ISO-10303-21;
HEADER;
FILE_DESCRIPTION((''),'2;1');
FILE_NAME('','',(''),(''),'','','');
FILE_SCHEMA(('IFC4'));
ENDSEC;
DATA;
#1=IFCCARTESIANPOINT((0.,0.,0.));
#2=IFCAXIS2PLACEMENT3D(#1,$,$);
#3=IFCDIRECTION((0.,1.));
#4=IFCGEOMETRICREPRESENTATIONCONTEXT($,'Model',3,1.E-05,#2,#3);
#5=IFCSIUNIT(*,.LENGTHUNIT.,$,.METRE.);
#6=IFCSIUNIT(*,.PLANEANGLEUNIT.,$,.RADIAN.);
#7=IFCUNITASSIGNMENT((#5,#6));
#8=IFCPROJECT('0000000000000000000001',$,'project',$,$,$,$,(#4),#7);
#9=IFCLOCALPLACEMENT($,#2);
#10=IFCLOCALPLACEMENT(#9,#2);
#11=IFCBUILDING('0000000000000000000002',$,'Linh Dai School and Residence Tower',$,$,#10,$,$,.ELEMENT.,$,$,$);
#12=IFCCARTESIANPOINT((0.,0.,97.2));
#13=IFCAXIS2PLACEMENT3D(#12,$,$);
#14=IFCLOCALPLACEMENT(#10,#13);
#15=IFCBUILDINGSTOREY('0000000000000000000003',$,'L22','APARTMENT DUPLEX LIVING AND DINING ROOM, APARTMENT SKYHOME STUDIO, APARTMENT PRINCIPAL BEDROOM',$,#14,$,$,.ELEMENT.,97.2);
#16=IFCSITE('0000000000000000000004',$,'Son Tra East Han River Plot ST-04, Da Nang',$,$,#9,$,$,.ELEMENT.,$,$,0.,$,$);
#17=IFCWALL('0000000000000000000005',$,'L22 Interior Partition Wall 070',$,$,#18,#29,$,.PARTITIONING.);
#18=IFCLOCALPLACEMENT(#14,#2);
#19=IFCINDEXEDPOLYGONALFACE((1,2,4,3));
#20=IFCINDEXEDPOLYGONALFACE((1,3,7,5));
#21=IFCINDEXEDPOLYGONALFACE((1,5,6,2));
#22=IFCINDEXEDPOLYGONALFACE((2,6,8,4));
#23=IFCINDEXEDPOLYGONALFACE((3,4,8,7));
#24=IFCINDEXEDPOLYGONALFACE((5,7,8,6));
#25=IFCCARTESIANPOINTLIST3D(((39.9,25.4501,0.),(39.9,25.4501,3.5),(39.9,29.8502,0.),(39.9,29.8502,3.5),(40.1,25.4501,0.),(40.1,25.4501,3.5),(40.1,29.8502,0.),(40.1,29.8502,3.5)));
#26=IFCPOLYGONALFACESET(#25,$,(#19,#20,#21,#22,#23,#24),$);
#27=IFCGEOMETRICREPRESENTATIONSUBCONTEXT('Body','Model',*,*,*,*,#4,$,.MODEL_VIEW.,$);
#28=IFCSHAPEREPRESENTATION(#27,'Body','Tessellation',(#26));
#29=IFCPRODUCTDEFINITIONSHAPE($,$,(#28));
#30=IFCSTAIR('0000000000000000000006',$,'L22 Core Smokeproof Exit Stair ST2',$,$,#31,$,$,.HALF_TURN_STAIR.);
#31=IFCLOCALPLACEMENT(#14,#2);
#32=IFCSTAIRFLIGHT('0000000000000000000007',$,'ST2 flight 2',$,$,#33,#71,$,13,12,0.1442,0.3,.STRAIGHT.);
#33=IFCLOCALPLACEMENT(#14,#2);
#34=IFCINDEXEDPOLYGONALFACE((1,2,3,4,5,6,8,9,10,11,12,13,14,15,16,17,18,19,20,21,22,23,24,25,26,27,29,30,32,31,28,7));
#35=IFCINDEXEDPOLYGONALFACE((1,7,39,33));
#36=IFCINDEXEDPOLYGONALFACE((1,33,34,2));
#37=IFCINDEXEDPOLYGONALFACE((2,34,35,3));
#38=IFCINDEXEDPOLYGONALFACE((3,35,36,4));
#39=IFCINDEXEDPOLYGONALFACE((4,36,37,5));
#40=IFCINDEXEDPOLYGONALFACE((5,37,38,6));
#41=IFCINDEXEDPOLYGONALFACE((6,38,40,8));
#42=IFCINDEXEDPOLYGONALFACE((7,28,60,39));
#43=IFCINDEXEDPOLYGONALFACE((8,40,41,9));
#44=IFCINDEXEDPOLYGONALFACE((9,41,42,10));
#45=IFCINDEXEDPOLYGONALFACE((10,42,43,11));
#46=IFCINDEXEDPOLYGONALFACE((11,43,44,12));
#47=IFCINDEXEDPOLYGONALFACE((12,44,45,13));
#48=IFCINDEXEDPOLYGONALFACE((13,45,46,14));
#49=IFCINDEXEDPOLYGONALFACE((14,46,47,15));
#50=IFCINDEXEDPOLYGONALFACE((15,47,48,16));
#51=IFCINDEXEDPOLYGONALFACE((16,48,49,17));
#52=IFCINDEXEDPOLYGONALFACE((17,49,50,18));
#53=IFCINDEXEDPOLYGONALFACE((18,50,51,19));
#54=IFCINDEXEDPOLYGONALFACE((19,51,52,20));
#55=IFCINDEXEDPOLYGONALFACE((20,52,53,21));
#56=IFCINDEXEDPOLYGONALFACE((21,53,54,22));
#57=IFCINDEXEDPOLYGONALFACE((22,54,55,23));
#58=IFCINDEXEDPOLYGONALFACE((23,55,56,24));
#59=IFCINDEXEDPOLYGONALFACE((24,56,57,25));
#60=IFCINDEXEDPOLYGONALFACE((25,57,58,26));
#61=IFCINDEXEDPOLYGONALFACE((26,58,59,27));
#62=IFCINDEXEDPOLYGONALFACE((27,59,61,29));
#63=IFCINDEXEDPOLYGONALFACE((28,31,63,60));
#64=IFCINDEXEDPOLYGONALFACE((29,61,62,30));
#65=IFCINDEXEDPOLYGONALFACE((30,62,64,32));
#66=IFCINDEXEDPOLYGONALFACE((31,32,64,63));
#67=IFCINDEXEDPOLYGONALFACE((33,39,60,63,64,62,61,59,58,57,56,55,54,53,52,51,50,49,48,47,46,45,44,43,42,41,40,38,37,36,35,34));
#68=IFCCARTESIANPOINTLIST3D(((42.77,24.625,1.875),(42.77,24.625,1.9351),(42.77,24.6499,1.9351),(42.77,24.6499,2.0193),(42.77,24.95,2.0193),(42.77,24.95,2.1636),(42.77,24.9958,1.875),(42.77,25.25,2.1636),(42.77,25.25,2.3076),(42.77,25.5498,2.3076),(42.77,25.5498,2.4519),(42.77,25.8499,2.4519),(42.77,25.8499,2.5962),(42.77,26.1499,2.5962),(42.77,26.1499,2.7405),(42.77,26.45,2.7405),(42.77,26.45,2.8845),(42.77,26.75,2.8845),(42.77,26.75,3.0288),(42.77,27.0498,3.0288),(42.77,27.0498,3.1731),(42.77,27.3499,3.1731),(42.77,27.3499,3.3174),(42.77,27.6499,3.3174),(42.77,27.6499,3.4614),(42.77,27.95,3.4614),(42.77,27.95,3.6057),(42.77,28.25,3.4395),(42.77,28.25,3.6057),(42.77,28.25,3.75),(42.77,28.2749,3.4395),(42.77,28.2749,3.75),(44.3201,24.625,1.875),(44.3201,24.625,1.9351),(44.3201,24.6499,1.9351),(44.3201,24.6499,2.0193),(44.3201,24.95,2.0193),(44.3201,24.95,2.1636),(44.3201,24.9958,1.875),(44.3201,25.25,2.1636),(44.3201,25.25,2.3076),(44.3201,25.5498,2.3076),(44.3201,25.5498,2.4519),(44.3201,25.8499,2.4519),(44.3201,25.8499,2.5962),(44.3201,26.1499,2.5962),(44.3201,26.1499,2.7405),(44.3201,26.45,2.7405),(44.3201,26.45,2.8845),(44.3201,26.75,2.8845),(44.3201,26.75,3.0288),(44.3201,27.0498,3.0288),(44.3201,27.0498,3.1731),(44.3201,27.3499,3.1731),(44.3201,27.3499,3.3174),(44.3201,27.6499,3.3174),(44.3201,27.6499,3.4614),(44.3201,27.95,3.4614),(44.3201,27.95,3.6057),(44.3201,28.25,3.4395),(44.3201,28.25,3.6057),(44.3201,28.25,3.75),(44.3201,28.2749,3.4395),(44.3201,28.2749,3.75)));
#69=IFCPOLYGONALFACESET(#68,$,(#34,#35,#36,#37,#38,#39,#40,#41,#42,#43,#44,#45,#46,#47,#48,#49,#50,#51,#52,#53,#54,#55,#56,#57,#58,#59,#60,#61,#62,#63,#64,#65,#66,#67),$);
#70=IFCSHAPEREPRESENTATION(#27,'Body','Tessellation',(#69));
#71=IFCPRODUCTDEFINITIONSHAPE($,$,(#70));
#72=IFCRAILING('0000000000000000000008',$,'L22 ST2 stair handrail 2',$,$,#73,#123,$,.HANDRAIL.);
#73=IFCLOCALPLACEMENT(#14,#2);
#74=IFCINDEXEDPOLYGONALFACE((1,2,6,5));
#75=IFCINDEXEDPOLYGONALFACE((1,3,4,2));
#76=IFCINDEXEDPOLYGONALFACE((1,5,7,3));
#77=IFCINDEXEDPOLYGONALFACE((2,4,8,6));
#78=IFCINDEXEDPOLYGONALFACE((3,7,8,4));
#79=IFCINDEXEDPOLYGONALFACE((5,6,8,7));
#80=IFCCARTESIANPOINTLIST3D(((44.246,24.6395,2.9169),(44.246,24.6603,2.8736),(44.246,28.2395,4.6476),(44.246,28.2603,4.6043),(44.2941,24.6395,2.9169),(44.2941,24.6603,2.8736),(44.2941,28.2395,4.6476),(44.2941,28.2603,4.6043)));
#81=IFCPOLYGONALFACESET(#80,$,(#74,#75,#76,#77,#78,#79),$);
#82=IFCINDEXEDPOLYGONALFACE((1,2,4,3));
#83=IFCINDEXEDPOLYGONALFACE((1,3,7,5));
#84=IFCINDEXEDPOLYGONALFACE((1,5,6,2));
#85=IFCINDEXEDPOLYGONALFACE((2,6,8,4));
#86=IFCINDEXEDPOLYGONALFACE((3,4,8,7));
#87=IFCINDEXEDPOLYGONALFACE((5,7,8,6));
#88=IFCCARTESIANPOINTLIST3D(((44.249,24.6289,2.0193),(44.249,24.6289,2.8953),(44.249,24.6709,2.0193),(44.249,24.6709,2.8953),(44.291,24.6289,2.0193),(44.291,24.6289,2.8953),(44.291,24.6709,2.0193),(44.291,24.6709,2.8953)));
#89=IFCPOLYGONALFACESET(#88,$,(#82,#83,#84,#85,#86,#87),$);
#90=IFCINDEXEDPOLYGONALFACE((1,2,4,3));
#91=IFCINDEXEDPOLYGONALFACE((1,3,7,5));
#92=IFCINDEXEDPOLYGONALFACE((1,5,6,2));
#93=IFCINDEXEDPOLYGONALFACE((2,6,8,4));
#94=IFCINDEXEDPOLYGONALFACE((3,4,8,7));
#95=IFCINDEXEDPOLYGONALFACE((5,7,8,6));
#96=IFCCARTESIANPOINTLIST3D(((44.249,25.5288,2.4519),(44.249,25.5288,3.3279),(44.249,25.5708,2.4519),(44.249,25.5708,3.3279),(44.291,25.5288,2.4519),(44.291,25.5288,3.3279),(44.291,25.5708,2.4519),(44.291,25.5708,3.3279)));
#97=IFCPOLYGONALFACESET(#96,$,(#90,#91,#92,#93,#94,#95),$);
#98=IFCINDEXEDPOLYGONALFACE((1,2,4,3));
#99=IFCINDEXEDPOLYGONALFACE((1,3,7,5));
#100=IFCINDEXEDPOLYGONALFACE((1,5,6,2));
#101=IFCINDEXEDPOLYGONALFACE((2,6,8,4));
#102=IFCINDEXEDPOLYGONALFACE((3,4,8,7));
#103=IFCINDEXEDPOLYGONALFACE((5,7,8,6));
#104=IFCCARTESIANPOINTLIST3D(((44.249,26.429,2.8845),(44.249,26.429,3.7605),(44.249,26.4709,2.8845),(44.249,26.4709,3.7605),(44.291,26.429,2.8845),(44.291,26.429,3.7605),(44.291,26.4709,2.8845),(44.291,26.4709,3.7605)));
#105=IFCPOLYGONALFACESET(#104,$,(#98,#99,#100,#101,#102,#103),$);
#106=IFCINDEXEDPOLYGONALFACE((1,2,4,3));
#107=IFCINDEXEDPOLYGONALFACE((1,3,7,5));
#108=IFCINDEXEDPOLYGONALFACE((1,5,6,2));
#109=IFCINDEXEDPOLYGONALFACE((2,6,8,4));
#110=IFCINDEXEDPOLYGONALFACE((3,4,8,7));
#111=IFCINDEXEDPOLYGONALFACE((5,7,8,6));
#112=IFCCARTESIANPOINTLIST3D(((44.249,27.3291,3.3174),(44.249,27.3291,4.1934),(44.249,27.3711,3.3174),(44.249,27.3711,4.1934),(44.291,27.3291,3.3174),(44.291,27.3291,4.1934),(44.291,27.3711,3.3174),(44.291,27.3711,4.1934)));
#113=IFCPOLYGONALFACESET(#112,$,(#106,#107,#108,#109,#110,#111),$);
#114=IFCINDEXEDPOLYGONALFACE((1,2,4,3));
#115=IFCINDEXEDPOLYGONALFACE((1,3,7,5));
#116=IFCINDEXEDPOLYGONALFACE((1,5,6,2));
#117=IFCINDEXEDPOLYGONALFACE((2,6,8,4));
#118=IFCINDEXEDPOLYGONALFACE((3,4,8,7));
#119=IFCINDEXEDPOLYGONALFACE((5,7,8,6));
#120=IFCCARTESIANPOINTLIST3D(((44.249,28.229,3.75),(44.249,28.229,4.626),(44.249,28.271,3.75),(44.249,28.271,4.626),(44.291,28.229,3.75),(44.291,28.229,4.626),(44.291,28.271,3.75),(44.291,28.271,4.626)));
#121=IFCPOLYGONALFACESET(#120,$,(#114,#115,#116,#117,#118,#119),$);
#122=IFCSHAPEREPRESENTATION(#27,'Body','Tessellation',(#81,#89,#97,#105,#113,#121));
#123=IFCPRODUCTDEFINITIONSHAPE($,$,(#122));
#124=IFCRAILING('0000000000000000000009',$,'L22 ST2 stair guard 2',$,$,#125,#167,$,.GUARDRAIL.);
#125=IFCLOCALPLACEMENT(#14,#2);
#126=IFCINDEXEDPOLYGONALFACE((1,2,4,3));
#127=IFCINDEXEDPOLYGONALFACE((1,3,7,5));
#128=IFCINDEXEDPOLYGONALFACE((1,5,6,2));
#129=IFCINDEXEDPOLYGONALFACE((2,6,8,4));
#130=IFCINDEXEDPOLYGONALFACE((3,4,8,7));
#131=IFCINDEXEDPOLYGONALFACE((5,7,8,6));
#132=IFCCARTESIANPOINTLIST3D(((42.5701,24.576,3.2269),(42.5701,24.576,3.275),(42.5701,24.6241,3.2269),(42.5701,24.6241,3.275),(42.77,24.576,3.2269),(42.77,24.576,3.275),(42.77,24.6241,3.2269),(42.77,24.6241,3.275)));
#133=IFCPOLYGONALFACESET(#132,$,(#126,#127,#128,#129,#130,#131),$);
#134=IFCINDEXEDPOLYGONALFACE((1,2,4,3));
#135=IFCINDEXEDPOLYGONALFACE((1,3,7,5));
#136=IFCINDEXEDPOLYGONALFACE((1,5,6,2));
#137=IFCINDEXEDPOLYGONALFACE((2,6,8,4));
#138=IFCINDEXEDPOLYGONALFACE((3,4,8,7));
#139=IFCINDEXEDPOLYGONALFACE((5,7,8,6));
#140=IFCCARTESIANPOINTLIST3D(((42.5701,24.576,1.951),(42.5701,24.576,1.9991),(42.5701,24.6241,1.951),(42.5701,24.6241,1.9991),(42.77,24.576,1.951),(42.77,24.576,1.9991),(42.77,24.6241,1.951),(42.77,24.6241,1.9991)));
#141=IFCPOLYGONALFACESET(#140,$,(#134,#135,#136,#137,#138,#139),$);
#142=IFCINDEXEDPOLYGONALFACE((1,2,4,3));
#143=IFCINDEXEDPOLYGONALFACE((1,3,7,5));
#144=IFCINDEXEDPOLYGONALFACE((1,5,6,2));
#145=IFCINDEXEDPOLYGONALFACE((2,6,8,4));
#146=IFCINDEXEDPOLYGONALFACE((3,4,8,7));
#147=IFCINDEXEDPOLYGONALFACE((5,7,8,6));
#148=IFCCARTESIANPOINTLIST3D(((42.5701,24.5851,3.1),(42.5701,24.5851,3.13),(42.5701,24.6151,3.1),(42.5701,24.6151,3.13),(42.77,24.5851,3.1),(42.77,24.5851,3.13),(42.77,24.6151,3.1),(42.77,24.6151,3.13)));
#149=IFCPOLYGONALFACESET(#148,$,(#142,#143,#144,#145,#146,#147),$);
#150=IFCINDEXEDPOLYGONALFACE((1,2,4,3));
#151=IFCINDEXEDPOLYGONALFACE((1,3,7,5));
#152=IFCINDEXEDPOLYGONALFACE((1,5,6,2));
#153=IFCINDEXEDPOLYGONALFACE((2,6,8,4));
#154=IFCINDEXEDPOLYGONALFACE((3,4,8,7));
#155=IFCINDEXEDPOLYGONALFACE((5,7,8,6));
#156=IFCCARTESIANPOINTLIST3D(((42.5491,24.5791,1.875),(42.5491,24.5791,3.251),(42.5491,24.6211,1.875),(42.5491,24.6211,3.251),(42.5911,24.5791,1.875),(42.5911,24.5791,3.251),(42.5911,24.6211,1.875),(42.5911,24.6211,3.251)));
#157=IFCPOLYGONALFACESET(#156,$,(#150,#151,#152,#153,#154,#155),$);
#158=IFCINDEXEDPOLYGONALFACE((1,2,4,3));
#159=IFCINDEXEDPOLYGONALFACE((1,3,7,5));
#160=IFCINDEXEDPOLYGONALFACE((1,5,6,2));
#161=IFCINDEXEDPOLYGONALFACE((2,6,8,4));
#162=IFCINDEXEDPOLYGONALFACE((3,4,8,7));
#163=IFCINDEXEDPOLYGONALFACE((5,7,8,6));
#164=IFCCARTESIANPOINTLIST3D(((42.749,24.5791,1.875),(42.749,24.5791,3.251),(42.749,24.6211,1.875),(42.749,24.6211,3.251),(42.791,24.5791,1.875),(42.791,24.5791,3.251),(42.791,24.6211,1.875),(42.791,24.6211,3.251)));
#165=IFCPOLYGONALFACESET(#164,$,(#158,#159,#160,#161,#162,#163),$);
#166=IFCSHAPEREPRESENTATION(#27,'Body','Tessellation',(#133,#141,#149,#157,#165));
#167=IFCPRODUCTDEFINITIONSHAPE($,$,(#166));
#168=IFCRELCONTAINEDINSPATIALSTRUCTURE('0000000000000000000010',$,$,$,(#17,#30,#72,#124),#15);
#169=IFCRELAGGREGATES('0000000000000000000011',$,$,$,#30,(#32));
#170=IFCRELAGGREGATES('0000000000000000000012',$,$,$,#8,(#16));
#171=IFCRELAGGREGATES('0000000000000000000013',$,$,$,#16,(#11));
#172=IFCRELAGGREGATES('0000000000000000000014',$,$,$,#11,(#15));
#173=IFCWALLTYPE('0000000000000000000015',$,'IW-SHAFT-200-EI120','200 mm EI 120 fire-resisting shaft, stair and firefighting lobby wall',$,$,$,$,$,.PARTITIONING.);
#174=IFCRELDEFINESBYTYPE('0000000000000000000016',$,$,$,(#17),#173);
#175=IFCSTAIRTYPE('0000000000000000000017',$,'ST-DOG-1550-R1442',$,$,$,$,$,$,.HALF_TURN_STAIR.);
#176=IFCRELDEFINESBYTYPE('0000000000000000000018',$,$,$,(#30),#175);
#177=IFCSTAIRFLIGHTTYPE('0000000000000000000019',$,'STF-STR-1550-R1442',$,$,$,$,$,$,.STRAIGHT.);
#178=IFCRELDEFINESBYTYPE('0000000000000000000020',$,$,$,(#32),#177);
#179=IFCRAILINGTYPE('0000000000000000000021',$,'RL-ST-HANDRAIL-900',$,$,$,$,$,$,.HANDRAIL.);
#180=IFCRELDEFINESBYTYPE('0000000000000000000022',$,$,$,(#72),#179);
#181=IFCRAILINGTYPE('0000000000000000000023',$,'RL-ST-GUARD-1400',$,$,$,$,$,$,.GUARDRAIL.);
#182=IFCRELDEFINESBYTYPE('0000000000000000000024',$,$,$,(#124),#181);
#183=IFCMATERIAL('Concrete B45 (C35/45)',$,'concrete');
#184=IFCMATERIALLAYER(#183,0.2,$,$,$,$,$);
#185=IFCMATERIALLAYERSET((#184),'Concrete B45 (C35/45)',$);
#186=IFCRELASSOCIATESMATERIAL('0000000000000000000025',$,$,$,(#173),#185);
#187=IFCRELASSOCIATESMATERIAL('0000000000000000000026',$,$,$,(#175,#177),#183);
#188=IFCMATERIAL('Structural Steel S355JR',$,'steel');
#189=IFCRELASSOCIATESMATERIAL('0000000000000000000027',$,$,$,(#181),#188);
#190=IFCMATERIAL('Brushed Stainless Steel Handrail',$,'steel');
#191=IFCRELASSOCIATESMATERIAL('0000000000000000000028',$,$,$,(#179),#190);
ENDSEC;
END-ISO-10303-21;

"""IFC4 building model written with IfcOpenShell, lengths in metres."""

from ifc_helpers import new_model, si_unit, direction, frame, frame_2d, origin, origin_2d, place, context, subcontext, project, spatial, polyline, rectangle, outline, extrude, source, transform, mapped, material, layer, layer_set, type_object, element, aggregate, save


model = new_model("IFC4")

# Units and contexts
model_context = context("Model", 3, precision=1e-05, world=origin(), true_north=direction((0.0, 1.0)))
body_context = subcontext(model_context, "Body", "Model", "MODEL_VIEW")
ifc_project = project(units=[si_unit("LENGTHUNIT", "METRE"), si_unit("PLANEANGLEUNIT", "RADIAN")], contexts=[model_context])

# Site, building, storey
site_placement = place(None, origin())
site = spatial("IfcSite", under=ifc_project, at=site_placement, Name="Son Tra East Han River Plot ST-04, Da Nang", CompositionType="ELEMENT", RefElevation=0.0)
building_placement = place(site_placement, origin())
building = spatial("IfcBuilding", under=site, at=building_placement, Name="Linh Dai School and Residence Tower", CompositionType="ELEMENT")
storey_placement = place(building_placement, frame((0.0, 0.0, 97.2)))
storey = spatial("IfcBuildingStorey", under=building, at=storey_placement, Name="L22", Description="APARTMENT DUPLEX LIVING AND DINING ROOM, APARTMENT SKYHOME STUDIO, APARTMENT PRINCIPAL BEDROOM", CompositionType="ELEMENT", Elevation=97.2)

# Shared definitions
ifc_material_1 = material(Name="Structural Steel S355JR", Category="steel")

# Wall
ifc_material_2 = material(Name="Concrete B45 (C35/45)", Category="concrete")
ifc_layer_1 = layer(ifc_material_2, 0.2)
ifc_layer_set_1 = layer_set([ifc_layer_1], Name="Concrete B45 (C35/45)")
wall_type_1 = type_object("IfcWallType", Name="IW-SHAFT-200-EI120", Description="200 mm EI 120 fire-resisting shaft, stair and firefighting lobby wall", PredefinedType="PARTITIONING", material=ifc_layer_set_1)
wall_1_placement = place(storey_placement, frame((40.0, 25.45, 0.0), z_axis=(0.0, 0.0, 1.0), x_axis=(0.0, 1.0, 0.0)))
element("IfcWall", 1, at=wall_1_placement, inside=storey, type_object=wall_type_1, Name="L22 Interior Partition Wall 070", PredefinedType="PARTITIONING", context=body_context, shape_type="SweptSolid", body=[
    extrude(rectangle(XDim=4.4001, YDim=0.2, at=frame_2d((2.2002, 0.0))), origin(), (0.0, 0.0, 1.0), 3.5),
])

# Stair, stair flight
stair_type = type_object("IfcStairType", Name="ST-DOG-1550-R1442", PredefinedType="HALF_TURN_STAIR", material=ifc_material_2)
stair_placement = place(storey_placement, origin())
stair = element("IfcStair", 2, at=stair_placement, inside=storey, type_object=stair_type, Name="L22 Core Smokeproof Exit Stair ST2", PredefinedType="HALF_TURN_STAIR")
stair_flight_type = type_object("IfcStairFlightType", Name="STF-STR-1550-R1442", PredefinedType="STRAIGHT", material=ifc_material_2)
shared_shape_1 = source(origin(), body_context, "Body", "SweptSolid", [
    extrude(outline(polyline([(-0.0249, 0.0), (-0.0249, 0.0601), (0.0, 0.0601), (0.0, 0.1443), (0.3, 0.1443), (0.3, 0.2886), (0.6001, 0.2886), (0.6001, 0.4326), (0.8999, 0.4326), (0.8999, 0.5769), (1.2, 0.5769), (1.2, 0.7212), (1.5, 0.7212), (1.5, 0.8655), (1.8, 0.8655), (1.8, 1.0095), (2.1001, 1.0095), (2.1001, 1.1538), (2.3999, 1.1538), (2.3999, 1.2981), (2.7, 1.2981), (2.7, 1.4424), (3.0, 1.4424), (3.0, 1.5864), (3.3, 1.5864), (3.3, 1.7307), (3.6001, 1.7307), (3.6001, 1.875), (3.625, 1.875), (3.625, 1.5645), (3.6001, 1.5645), (0.3459, 0.0), (-0.0249, 0.0)])), frame((0.0, 0.7749, 0.0), z_axis=(0.0, -1.0, 0.0), x_axis=(1.0, 0.0, 0.0)), (0.0, 0.0, 1.0), 1.55),
])
stair_flight_placement = place(storey_placement, frame((43.5449, 24.6499, 1.875), z_axis=(0.0, 0.0, 1.0), x_axis=(0.0, 1.0, 0.0)))
stair_flight = element("IfcStairFlight", 3, at=stair_flight_placement, type_object=stair_flight_type, Name="ST2 flight 2", NumberOfRisers=13, NumberOfTreads=12, PredefinedType="STRAIGHT", RiserHeight=0.1442, TreadLength=0.3, context=body_context, shape_type="MappedRepresentation", body=[
    mapped(shared_shape_1, transform((0.0, 0.0, 0.0), x_axis=(1.0, 0.0, 0.0), y_axis=(0.0, 1.0, 0.0), z_axis=(0.0, 0.0, 1.0), scale=1.0)),
])
aggregate(stair, [stair_flight])

# Railings
railing_type_1 = type_object("IfcRailingType", Name="RL-ST-GUARD-1400", PredefinedType="GUARDRAIL", material=ifc_material_1)
ifc_material_3 = material(Name="Brushed Stainless Steel Handrail", Category="steel")
railing_type_2 = type_object("IfcRailingType", Name="RL-ST-HANDRAIL-900", PredefinedType="HANDRAIL", material=ifc_material_3)
shared_shape_2 = source(origin(), body_context, "Body", "SweptSolid", [
    extrude(rectangle(XDim=0.0481, YDim=0.0481, at=origin_2d()), frame((0.0, 0.0, 0.876), z_axis=(0.0, 0.901263, 0.433273), x_axis=(-1.0, 0.0, 0.0)), (0.0, 0.0, 1.0), 3.9944),
    extrude(rectangle(XDim=0.042, YDim=0.042, at=origin_2d()), origin(), (0.0, 0.0, 1.0), 0.876),
    extrude(rectangle(XDim=0.042, YDim=0.042, at=origin_2d()), frame((0.0, 0.8999, 0.4326)), (0.0, 0.0, 1.0), 0.876),
    extrude(rectangle(XDim=0.042, YDim=0.042, at=origin_2d()), frame((0.0, 1.8, 0.8652)), (0.0, 0.0, 1.0), 0.876),
    extrude(rectangle(XDim=0.042, YDim=0.042, at=origin_2d()), frame((0.0, 2.7002, 1.2981)), (0.0, 0.0, 1.0), 0.876),
    extrude(rectangle(XDim=0.042, YDim=0.042, at=origin_2d()), frame((0.0, 3.6001, 1.7307)), (0.0, 0.0, 1.0), 0.876),
])
railing_1_placement = place(storey_placement, frame((44.27, 24.6499, 2.0193)))
element("IfcRailing", 4, at=railing_1_placement, inside=storey, type_object=railing_type_2, Name="L22 ST2 stair handrail 2", PredefinedType="HANDRAIL", context=body_context, shape_type="MappedRepresentation", body=[
    mapped(shared_shape_2, transform((0.0, 0.0, 0.0), x_axis=(1.0, 0.0, 0.0), y_axis=(0.0, 1.0, 0.0), z_axis=(0.0, 0.0, 1.0), scale=1.0)),
])
shared_shape_3 = source(origin(), body_context, "Body", "SweptSolid", [
    extrude(rectangle(XDim=0.0481, YDim=0.0481, at=origin_2d()), frame((0.0, 0.0, 1.376), z_axis=(1.0, 0.0, 0.0), x_axis=(0.0, 1.0, 0.0)), (0.0, 0.0, 1.0), 0.2),
    extrude(rectangle(XDim=0.0481, YDim=0.0481, at=origin_2d()), frame((0.0, 0.0, 0.1001), z_axis=(1.0, 0.0, 0.0), x_axis=(0.0, 1.0, 0.0)), (0.0, 0.0, 1.0), 0.2),
    extrude(rectangle(XDim=0.03, YDim=0.03, at=origin_2d()), frame((0.0, 0.0, 1.24), z_axis=(1.0, 0.0, 0.0), x_axis=(0.0, 1.0, 0.0)), (0.0, 0.0, 1.0), 0.2),
    extrude(rectangle(XDim=0.042, YDim=0.042, at=origin_2d()), origin(), (0.0, 0.0, 1.0), 1.376),
    extrude(rectangle(XDim=0.042, YDim=0.042, at=origin_2d()), frame((0.2, 0.0, 0.0)), (0.0, 0.0, 1.0), 1.376),
])
railing_2_placement = place(storey_placement, frame((42.5701, 24.6001, 1.875)))
element("IfcRailing", 5, at=railing_2_placement, inside=storey, type_object=railing_type_1, Name="L22 ST2 stair guard 2", PredefinedType="GUARDRAIL", context=body_context, shape_type="MappedRepresentation", body=[
    mapped(shared_shape_3, transform((0.0, 0.0, 0.0), x_axis=(1.0, 0.0, 0.0), y_axis=(0.0, 1.0, 0.0), z_axis=(0.0, 0.0, 1.0), scale=1.0)),
])

save(model, "model.ifc")
